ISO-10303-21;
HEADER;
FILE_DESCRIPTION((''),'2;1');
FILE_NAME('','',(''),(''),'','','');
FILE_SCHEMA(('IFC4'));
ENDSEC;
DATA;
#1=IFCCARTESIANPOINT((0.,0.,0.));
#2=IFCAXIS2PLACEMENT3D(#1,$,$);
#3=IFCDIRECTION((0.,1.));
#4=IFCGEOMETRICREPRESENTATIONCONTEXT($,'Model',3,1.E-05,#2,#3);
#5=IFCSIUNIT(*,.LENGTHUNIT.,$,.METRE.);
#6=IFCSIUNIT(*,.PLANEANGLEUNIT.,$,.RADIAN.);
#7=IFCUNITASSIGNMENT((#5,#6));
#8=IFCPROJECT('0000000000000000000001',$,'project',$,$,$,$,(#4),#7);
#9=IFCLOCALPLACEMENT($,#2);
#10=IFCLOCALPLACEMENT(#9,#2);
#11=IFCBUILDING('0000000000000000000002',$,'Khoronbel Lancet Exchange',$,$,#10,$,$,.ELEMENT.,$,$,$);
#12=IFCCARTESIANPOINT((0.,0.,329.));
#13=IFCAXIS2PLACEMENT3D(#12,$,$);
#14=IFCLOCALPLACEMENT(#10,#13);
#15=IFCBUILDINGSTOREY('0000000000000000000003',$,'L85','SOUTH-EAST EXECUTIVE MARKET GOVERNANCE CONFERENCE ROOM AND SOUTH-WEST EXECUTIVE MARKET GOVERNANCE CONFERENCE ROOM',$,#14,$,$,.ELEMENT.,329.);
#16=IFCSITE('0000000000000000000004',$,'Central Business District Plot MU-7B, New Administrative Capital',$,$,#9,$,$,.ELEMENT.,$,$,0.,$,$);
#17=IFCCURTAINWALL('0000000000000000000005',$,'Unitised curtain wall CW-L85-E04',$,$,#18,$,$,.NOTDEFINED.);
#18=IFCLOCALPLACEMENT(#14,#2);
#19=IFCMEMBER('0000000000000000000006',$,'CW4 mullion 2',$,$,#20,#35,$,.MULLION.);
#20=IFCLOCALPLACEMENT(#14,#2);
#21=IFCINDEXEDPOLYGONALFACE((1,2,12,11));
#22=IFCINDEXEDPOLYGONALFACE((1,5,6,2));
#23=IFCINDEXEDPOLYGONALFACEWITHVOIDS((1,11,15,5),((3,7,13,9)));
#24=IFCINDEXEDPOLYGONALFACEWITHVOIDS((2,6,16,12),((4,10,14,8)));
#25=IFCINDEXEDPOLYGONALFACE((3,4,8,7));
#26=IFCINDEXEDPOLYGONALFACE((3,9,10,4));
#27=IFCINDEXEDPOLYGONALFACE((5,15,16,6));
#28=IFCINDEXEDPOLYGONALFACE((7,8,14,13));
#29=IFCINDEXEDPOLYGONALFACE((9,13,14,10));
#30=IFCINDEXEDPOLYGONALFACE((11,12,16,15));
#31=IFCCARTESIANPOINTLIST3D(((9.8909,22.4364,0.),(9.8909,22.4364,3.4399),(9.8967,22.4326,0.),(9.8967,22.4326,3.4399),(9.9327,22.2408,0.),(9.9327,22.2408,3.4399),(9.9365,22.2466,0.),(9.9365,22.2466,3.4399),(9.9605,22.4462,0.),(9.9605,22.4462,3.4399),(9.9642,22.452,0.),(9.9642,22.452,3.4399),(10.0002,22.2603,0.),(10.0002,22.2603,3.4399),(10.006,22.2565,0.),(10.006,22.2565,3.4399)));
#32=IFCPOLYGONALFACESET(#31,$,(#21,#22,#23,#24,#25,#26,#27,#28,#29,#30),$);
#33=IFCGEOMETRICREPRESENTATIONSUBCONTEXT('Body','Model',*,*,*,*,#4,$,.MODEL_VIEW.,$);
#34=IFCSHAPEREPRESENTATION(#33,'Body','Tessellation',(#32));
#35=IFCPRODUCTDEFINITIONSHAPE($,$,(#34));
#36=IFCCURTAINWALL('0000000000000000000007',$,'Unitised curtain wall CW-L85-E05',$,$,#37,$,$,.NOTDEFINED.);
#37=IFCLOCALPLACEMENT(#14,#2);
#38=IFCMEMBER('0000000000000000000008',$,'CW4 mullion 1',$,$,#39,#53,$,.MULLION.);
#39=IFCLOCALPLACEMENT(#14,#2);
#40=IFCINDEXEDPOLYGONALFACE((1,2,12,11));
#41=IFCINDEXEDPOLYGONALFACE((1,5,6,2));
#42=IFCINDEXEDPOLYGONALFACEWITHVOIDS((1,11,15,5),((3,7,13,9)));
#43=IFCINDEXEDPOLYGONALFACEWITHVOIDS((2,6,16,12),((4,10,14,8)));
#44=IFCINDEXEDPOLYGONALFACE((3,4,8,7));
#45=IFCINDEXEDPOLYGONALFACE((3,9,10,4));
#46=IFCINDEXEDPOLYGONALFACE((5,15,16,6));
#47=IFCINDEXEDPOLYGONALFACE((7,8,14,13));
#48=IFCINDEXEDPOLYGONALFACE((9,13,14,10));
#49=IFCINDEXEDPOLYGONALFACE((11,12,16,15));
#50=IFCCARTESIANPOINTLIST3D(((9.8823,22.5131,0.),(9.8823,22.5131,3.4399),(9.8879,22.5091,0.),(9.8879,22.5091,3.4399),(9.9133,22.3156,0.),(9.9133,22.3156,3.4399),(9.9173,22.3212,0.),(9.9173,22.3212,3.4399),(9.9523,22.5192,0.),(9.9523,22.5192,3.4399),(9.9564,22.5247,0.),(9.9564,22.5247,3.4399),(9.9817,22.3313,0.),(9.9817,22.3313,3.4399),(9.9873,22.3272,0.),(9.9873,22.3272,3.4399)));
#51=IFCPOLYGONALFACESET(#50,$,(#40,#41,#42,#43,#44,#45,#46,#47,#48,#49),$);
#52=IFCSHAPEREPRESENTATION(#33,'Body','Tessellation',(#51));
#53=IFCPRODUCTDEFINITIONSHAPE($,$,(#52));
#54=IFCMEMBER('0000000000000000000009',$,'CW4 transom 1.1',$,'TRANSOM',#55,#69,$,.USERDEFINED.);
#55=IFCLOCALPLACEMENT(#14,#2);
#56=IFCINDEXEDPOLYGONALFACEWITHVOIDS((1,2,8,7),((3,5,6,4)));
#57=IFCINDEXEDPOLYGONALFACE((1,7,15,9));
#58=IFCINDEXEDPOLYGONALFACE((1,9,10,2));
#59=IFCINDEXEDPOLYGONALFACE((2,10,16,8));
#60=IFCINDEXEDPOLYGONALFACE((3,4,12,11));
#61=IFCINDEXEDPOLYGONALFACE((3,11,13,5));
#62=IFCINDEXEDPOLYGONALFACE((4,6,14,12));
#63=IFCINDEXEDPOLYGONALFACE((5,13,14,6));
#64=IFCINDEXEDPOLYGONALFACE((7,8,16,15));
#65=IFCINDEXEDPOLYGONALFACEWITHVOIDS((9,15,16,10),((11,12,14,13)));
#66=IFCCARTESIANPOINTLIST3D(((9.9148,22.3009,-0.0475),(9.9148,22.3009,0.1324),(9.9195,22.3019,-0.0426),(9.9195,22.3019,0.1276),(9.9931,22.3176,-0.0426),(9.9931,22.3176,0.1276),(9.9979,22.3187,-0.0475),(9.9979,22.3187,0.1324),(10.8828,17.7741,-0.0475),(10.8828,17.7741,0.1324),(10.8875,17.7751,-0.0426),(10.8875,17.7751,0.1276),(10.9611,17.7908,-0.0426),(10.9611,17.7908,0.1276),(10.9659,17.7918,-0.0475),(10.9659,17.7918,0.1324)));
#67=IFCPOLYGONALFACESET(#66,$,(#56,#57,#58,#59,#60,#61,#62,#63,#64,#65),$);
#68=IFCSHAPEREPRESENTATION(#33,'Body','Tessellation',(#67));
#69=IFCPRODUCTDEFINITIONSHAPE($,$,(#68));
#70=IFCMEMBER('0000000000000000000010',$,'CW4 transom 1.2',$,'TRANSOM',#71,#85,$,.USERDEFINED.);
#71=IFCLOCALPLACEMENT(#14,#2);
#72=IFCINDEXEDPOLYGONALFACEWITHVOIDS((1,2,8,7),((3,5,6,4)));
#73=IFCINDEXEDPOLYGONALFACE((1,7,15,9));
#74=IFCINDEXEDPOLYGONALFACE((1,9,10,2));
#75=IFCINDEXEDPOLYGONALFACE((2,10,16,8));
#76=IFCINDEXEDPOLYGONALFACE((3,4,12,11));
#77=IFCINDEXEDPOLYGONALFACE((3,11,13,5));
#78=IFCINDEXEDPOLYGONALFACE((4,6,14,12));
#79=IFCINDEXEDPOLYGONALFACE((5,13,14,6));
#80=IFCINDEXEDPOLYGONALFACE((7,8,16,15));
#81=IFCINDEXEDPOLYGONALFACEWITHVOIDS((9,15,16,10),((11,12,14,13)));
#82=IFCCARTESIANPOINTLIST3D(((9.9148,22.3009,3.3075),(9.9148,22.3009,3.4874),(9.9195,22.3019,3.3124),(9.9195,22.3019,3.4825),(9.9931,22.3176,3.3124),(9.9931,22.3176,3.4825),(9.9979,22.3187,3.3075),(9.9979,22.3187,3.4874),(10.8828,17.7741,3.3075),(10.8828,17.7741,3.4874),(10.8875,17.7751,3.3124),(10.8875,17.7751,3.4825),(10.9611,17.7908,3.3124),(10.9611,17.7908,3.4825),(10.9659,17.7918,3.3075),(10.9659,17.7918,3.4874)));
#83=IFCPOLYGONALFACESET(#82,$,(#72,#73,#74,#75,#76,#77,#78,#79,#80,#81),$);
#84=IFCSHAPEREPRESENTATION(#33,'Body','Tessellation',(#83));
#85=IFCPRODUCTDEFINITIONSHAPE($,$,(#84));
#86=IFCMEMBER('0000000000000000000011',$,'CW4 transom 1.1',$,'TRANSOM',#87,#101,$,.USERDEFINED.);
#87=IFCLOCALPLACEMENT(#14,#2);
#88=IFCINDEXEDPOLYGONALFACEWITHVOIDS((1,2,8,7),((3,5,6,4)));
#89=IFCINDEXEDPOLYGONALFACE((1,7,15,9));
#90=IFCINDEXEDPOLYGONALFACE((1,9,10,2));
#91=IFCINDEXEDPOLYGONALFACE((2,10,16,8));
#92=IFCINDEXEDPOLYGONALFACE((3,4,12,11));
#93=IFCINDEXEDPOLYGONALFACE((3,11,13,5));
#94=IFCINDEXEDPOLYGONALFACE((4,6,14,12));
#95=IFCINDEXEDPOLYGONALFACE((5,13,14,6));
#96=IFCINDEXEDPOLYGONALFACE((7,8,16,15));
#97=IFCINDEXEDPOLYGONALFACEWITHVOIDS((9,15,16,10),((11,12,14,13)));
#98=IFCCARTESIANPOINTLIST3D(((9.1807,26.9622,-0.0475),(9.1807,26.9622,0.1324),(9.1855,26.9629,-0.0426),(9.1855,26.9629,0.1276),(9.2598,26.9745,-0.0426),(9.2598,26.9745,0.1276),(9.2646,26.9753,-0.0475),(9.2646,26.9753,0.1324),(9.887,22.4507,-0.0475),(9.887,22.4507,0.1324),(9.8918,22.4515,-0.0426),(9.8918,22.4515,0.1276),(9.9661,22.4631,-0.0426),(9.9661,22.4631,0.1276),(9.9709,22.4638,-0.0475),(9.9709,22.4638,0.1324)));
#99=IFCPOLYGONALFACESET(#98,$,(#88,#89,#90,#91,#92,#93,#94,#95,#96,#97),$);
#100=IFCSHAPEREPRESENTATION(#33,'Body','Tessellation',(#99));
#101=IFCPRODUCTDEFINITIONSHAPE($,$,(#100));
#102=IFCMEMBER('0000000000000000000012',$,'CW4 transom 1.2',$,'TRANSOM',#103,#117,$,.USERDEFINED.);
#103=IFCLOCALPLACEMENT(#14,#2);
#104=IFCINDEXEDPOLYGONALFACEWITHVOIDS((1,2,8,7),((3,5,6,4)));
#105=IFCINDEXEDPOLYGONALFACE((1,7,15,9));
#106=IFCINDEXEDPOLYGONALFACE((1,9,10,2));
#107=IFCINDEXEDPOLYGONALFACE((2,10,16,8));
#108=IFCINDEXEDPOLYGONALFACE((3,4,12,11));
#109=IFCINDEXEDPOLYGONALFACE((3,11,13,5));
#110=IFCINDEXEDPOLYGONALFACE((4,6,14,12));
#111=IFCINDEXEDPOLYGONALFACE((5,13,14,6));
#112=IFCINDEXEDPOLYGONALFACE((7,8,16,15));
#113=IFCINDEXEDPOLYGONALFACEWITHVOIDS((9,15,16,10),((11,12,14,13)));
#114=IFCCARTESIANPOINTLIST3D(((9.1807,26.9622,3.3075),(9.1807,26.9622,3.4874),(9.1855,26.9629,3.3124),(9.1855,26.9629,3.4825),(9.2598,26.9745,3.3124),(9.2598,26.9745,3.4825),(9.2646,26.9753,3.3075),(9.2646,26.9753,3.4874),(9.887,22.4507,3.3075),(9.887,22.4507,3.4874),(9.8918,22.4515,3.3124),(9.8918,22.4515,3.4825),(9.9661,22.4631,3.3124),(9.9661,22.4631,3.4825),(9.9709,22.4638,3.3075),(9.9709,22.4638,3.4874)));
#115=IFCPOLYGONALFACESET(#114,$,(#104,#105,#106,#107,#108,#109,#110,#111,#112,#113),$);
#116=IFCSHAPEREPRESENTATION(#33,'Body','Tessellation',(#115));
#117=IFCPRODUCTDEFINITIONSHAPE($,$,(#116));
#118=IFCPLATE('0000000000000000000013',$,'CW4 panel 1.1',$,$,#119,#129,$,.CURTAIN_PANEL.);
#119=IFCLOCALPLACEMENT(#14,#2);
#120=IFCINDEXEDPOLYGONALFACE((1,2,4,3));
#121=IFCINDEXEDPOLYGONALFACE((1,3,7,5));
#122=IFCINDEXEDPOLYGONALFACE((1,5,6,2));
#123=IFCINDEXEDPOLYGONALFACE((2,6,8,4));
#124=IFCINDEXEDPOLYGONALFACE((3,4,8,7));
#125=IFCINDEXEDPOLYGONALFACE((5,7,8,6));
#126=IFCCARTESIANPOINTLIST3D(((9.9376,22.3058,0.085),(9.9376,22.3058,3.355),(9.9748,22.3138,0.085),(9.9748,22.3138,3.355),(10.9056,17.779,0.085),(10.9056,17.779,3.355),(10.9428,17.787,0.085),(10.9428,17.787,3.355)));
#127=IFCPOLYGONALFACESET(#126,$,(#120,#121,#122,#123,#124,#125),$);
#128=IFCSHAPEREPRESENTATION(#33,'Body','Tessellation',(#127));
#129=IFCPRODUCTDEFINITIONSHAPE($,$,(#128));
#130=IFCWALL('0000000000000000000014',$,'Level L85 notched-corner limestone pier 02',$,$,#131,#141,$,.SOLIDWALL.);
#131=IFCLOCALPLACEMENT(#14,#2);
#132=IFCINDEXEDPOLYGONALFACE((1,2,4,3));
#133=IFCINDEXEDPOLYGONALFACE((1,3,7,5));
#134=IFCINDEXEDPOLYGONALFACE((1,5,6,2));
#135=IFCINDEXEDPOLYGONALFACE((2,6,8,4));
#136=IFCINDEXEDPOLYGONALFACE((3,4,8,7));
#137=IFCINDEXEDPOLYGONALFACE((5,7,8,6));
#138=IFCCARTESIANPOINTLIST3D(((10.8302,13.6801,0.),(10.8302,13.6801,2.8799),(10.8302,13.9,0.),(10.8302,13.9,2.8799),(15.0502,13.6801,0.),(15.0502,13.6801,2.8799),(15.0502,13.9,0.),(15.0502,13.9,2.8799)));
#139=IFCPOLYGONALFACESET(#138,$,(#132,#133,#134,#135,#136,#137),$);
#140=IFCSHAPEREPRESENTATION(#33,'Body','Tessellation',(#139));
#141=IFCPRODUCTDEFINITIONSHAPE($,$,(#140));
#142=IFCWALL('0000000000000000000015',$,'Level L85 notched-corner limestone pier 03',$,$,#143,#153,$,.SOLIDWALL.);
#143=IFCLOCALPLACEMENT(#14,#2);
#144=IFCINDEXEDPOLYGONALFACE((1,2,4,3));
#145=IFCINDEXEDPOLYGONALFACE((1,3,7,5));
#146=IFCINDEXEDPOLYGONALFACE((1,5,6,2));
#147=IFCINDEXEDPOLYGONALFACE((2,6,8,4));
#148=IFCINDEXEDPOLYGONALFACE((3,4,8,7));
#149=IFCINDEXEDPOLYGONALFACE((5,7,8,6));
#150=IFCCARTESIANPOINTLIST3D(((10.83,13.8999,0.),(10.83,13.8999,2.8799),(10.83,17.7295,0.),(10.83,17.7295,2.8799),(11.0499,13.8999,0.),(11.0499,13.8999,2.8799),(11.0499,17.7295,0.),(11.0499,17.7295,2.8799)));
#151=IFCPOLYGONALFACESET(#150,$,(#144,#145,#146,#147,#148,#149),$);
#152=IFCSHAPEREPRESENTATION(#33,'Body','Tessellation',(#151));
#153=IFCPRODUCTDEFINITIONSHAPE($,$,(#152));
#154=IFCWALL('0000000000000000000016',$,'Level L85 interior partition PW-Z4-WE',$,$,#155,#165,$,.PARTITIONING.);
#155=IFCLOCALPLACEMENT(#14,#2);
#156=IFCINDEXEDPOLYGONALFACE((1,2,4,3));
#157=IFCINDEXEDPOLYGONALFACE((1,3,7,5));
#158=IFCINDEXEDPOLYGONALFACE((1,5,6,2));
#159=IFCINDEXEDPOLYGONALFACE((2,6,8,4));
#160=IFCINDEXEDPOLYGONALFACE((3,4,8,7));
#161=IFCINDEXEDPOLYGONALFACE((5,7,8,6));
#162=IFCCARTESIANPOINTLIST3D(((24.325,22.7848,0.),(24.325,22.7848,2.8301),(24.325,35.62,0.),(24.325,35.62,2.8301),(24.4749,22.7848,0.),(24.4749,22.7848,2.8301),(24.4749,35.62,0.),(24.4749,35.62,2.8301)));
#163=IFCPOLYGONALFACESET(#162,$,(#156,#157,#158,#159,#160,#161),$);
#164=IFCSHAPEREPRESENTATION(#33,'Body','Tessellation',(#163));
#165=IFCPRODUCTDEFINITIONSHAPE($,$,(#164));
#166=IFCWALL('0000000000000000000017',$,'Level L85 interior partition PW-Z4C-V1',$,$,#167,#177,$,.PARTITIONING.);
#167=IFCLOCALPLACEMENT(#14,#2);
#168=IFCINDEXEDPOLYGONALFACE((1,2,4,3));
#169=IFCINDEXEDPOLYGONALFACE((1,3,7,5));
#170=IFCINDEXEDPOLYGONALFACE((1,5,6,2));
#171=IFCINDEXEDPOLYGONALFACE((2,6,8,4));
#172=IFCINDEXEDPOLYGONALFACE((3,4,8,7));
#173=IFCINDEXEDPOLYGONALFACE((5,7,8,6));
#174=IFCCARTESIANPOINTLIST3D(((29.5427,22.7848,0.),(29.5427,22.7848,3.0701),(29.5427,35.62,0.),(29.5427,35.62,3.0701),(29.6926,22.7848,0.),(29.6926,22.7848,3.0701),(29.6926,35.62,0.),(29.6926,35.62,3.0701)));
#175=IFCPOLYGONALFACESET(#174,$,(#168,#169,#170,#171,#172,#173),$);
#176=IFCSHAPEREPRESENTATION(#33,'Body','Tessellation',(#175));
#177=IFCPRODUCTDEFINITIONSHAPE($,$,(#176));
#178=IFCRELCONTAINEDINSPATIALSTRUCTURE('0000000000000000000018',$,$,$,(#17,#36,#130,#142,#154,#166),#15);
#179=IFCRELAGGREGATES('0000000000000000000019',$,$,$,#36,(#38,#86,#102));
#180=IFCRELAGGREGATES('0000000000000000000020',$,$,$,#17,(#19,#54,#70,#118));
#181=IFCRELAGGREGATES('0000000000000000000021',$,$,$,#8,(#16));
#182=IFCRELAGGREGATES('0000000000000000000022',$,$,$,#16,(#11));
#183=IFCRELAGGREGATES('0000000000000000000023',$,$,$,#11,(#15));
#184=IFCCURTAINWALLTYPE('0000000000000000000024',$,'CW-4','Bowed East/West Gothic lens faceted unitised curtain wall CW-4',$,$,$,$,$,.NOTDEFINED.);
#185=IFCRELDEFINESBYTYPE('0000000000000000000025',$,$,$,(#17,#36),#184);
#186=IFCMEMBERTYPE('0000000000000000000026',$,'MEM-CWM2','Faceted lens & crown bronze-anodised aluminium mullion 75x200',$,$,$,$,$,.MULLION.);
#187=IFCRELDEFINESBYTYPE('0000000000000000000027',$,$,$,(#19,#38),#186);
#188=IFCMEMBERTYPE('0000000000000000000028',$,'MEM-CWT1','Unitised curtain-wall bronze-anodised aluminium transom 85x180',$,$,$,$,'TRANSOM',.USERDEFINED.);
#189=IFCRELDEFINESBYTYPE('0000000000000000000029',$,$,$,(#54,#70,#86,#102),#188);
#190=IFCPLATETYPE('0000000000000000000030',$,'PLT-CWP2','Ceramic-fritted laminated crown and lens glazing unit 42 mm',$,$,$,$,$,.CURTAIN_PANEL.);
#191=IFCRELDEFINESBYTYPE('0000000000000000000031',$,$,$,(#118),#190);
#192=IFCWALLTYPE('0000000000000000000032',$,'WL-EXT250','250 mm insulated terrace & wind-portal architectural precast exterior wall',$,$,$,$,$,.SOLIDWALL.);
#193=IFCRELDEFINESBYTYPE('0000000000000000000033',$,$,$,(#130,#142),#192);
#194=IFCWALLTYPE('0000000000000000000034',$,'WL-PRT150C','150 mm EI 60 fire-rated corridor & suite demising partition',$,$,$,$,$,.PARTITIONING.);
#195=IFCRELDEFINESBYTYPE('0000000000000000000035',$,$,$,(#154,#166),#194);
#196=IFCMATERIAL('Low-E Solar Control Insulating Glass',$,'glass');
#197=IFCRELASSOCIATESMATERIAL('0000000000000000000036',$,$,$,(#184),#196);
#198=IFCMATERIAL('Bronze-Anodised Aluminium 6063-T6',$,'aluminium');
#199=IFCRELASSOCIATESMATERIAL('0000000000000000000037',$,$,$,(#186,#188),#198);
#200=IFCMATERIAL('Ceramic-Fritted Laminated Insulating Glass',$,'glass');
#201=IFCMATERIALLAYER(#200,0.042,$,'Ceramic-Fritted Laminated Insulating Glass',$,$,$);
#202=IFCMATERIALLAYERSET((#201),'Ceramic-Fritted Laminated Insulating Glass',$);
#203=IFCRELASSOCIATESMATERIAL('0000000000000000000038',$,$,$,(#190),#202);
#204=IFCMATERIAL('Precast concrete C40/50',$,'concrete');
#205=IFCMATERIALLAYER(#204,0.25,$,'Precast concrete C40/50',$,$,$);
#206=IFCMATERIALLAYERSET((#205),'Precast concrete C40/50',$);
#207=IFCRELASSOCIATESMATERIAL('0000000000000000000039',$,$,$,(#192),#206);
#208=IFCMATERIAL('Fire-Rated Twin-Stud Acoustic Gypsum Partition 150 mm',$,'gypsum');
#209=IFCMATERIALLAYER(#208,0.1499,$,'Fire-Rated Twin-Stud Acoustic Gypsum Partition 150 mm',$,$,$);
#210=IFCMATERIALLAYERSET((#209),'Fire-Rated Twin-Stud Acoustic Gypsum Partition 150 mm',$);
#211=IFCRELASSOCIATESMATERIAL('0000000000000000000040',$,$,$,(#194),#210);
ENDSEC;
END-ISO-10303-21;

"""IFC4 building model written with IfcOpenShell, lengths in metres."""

from ifc_helpers import new_model, si_unit, direction, frame, frame_2d, origin, origin_2d, place, context, subcontext, project, spatial, rectangle, hollow_rectangle, extrude, material, layer, layer_set, material_profile, profile_set, type_object, element, aggregate, save


model = new_model("IFC4")

# Units and contexts
model_context = context("Model", 3, precision=1e-05, world=origin(), true_north=direction((0.0, 1.0)))
body_context = subcontext(model_context, "Body", "Model", "MODEL_VIEW")
ifc_project = project(units=[si_unit("LENGTHUNIT", "METRE"), si_unit("PLANEANGLEUNIT", "RADIAN")], contexts=[model_context])

# Site, building, storey
site_placement = place(None, origin())
site = spatial("IfcSite", under=ifc_project, at=site_placement, Name="Central Business District Plot MU-7B, New Administrative Capital", CompositionType="ELEMENT", RefElevation=0.0)
building_placement = place(site_placement, origin())
building = spatial("IfcBuilding", under=site, at=building_placement, Name="Khoronbel Lancet Exchange", CompositionType="ELEMENT")
storey_placement = place(building_placement, frame((0.0, 0.0, 329.0)))
storey = spatial("IfcBuildingStorey", under=building, at=storey_placement, Name="L85", Description="SOUTH-EAST EXECUTIVE MARKET GOVERNANCE CONFERENCE ROOM AND SOUTH-WEST EXECUTIVE MARKET GOVERNANCE CONFERENCE ROOM", CompositionType="ELEMENT", Elevation=329.0)

# Curtain wall, member
ifc_material_1 = material(Name="Low-E Solar Control Insulating Glass", Category="glass")
curtain_wall_type = type_object("IfcCurtainWallType", Name="CW-4", Description="Bowed East/West Gothic lens faceted unitised curtain wall CW-4", PredefinedType="NOTDEFINED", material=ifc_material_1)
curtain_wall_1_placement = place(storey_placement, origin())
curtain_wall_1 = element("IfcCurtainWall", 1, at=curtain_wall_1_placement, inside=storey, type_object=curtain_wall_type, Name="Unitised curtain wall CW-L85-E04", PredefinedType="NOTDEFINED")
ifc_material_2 = material(Name="Bronze-Anodised Aluminium 6063-T6", Category="aluminium")
ifc_material_profile_1 = material_profile(ifc_material_2, hollow_rectangle(XDim=0.075, YDim=0.2, WallThickness=0.0049, at=origin_2d()), Name="ALU MULLION 75x200")
ifc_profile_set_1 = profile_set([ifc_material_profile_1], Name="Bronze-Anodised Aluminium 6063-T6")
member_type_1 = type_object("IfcMemberType", Name="MEM-CWM2", Description="Faceted lens & crown bronze-anodised aluminium mullion 75x200", PredefinedType="MULLION", material=ifc_profile_set_1)
member_1_placement = place(storey_placement, frame((9.9485, 22.3464, 0.0), z_axis=(0.0, 0.0, 1.0), x_axis=(-0.977892, -0.209112, 0.0)))
member_1 = element("IfcMember", 2, at=member_1_placement, type_object=member_type_1, Name="CW4 mullion 2", PredefinedType="MULLION", context=body_context, shape_type="SweptSolid", body=[
    extrude(hollow_rectangle(XDim=0.075, YDim=0.2, WallThickness=0.0049, at=origin_2d()), origin(), (0.0, 0.0, 1.0), 3.4399),
])

# Curtain wall, member
curtain_wall_2_placement = place(storey_placement, origin())
curtain_wall_2 = element("IfcCurtainWall", 3, at=curtain_wall_2_placement, inside=storey, type_object=curtain_wall_type, Name="Unitised curtain wall CW-L85-E05", PredefinedType="NOTDEFINED")
member_2_placement = place(storey_placement, frame((9.9348, 22.4202, 0.0), z_axis=(0.0, 0.0, 1.0), x_axis=(-0.987967, -0.154668, 0.0)))
member_2 = element("IfcMember", 4, at=member_2_placement, type_object=member_type_1, Name="CW4 mullion 1", PredefinedType="MULLION", context=body_context, shape_type="SweptSolid", body=[
    extrude(hollow_rectangle(XDim=0.075, YDim=0.2, WallThickness=0.0049, at=origin_2d()), origin(), (0.0, 0.0, 1.0), 3.4399),
])

# Members
ifc_material_profile_2 = material_profile(ifc_material_2, hollow_rectangle(XDim=0.085, YDim=0.1799, WallThickness=0.0049, at=origin_2d()), Name="ALU TRANSOM 85x180")
ifc_profile_set_2 = profile_set([ifc_material_profile_2], Name="Bronze-Anodised Aluminium 6063-T6")
member_type_2 = type_object("IfcMemberType", Name="MEM-CWT1", Description="Unitised curtain-wall bronze-anodised aluminium transom 85x180", ElementType="TRANSOM", PredefinedType="USERDEFINED", material=ifc_profile_set_2)
member_3_placement = place(storey_placement, frame((10.9243, 17.783, 0.0425), z_axis=(-0.209111, 0.977892, 0.0), x_axis=(-0.977892, -0.209111, 0.0)))
member_3 = element("IfcMember", 5, at=member_3_placement, type_object=member_type_2, Name="CW4 transom 1.1", ObjectType="TRANSOM", PredefinedType="USERDEFINED", context=body_context, shape_type="SweptSolid", body=[
    extrude(hollow_rectangle(XDim=0.085, YDim=0.1799, WallThickness=0.0049, at=origin_2d()), origin(), (0.0, 0.0, 1.0), 4.6292),
])
member_4_placement = place(storey_placement, frame((10.9243, 17.783, 3.3975), z_axis=(-0.209111, 0.977892, 0.0), x_axis=(-0.977892, -0.209111, 0.0)))
member_4 = element("IfcMember", 6, at=member_4_placement, type_object=member_type_2, Name="CW4 transom 1.2", ObjectType="TRANSOM", PredefinedType="USERDEFINED", context=body_context, shape_type="SweptSolid", body=[
    extrude(hollow_rectangle(XDim=0.085, YDim=0.1799, WallThickness=0.0049, at=origin_2d()), origin(), (0.0, 0.0, 1.0), 4.6292),
])
member_5_placement = place(storey_placement, frame((9.929, 22.4573, 0.0425), z_axis=(-0.154672, 0.987966, 0.0), x_axis=(-0.987966, -0.154672, 0.0)))
member_5 = element("IfcMember", 7, at=member_5_placement, type_object=member_type_2, Name="CW4 transom 1.1", ObjectType="TRANSOM", PredefinedType="USERDEFINED", context=body_context, shape_type="SweptSolid", body=[
    extrude(hollow_rectangle(XDim=0.085, YDim=0.1799, WallThickness=0.0049, at=origin_2d()), origin(), (0.0, 0.0, 1.0), 4.5664),
])
member_6_placement = place(storey_placement, frame((9.929, 22.4573, 3.3975), z_axis=(-0.154672, 0.987966, 0.0), x_axis=(-0.987966, -0.154672, 0.0)))
member_6 = element("IfcMember", 8, at=member_6_placement, type_object=member_type_2, Name="CW4 transom 1.2", ObjectType="TRANSOM", PredefinedType="USERDEFINED", context=body_context, shape_type="SweptSolid", body=[
    extrude(hollow_rectangle(XDim=0.085, YDim=0.1799, WallThickness=0.0049, at=origin_2d()), origin(), (0.0, 0.0, 1.0), 4.5664),
])
aggregate(curtain_wall_2, [member_2, member_5, member_6])

# Plate
ifc_material_3 = material(Name="Ceramic-Fritted Laminated Insulating Glass", Category="glass")
ifc_layer_1 = layer(ifc_material_3, 0.042, Name="Ceramic-Fritted Laminated Insulating Glass")
ifc_layer_set_1 = layer_set([ifc_layer_1], Name="Ceramic-Fritted Laminated Insulating Glass")
plate_type = type_object("IfcPlateType", Name="PLT-CWP2", Description="Ceramic-fritted laminated crown and lens glazing unit 42 mm", PredefinedType="CURTAIN_PANEL", material=ifc_layer_set_1)
plate_placement = place(storey_placement, frame((10.4402, 20.0464, 0.085), z_axis=(0.0, 0.0, 1.0), x_axis=(-0.209112, 0.977892, 0.0)))
plate = element("IfcPlate", 9, at=plate_placement, type_object=plate_type, Name="CW4 panel 1.1", PredefinedType="CURTAIN_PANEL", context=body_context, shape_type="SweptSolid", body=[
    extrude(rectangle(XDim=4.6292, YDim=0.0381, at=origin_2d()), origin(), (0.0, 0.0, 1.0), 3.27),
])
aggregate(curtain_wall_1, [member_1, member_3, member_4, plate])

# Walls
ifc_material_4 = material(Name="Precast concrete C40/50", Category="concrete")
ifc_layer_2 = layer(ifc_material_4, 0.25, Name="Precast concrete C40/50")
ifc_layer_set_2 = layer_set([ifc_layer_2], Name="Precast concrete C40/50")
wall_type_1 = type_object("IfcWallType", Name="WL-EXT250", Description="250 mm insulated terrace & wind-portal architectural precast exterior wall", PredefinedType="SOLIDWALL", material=ifc_layer_set_2)
wall_1_placement = place(storey_placement, frame((15.05, 13.79, 0.0), z_axis=(0.0, 0.0, 1.0), x_axis=(-1.0, 0.0, 0.0)))
element("IfcWall", 10, at=wall_1_placement, inside=storey, type_object=wall_type_1, Name="Level L85 notched-corner limestone pier 02", PredefinedType="SOLIDWALL", context=body_context, shape_type="SweptSolid", body=[
    extrude(rectangle(XDim=4.22, YDim=0.22, at=frame_2d((2.1099, 0.0))), origin(), (0.0, 0.0, 1.0), 2.8799),
])
wall_2_placement = place(storey_placement, frame((10.9399, 13.8999, 0.0), z_axis=(0.0, 0.0, 1.0), x_axis=(0.0, 1.0, 0.0)))
element("IfcWall", 11, at=wall_2_placement, inside=storey, type_object=wall_type_1, Name="Level L85 notched-corner limestone pier 03", PredefinedType="SOLIDWALL", context=body_context, shape_type="SweptSolid", body=[
    extrude(rectangle(XDim=3.8296, YDim=0.22, at=frame_2d((1.9148, 0.0))), origin(), (0.0, 0.0, 1.0), 2.8799),
])
ifc_material_5 = material(Name="Fire-Rated Twin-Stud Acoustic Gypsum Partition 150 mm", Category="gypsum")
ifc_layer_3 = layer(ifc_material_5, 0.1499, Name="Fire-Rated Twin-Stud Acoustic Gypsum Partition 150 mm")
ifc_layer_set_3 = layer_set([ifc_layer_3], Name="Fire-Rated Twin-Stud Acoustic Gypsum Partition 150 mm")
wall_type_2 = type_object("IfcWallType", Name="WL-PRT150C", Description="150 mm EI 60 fire-rated corridor & suite demising partition", PredefinedType="PARTITIONING", material=ifc_layer_set_3)
wall_3_placement = place(storey_placement, frame((24.3999, 22.7849, 0.0), z_axis=(0.0, 0.0, 1.0), x_axis=(0.0, 1.0, 0.0)))
element("IfcWall", 12, at=wall_3_placement, inside=storey, type_object=wall_type_2, Name="Level L85 interior partition PW-Z4-WE", PredefinedType="PARTITIONING", context=body_context, shape_type="SweptSolid", body=[
    extrude(rectangle(XDim=12.8352, YDim=0.1499, at=frame_2d((6.4175, 0.0))), origin(), (0.0, 0.0, 1.0), 2.8301),
])
wall_4_placement = place(storey_placement, frame((29.6177, 22.7849, 0.0), z_axis=(0.0, 0.0, 1.0), x_axis=(0.0, 1.0, 0.0)))
element("IfcWall", 13, at=wall_4_placement, inside=storey, type_object=wall_type_2, Name="Level L85 interior partition PW-Z4C-V1", PredefinedType="PARTITIONING", context=body_context, shape_type="SweptSolid", body=[
    extrude(rectangle(XDim=12.8352, YDim=0.1499, at=frame_2d((6.4175, 0.0))), origin(), (0.0, 0.0, 1.0), 3.0701),
])

save(model, "model.ifc")
